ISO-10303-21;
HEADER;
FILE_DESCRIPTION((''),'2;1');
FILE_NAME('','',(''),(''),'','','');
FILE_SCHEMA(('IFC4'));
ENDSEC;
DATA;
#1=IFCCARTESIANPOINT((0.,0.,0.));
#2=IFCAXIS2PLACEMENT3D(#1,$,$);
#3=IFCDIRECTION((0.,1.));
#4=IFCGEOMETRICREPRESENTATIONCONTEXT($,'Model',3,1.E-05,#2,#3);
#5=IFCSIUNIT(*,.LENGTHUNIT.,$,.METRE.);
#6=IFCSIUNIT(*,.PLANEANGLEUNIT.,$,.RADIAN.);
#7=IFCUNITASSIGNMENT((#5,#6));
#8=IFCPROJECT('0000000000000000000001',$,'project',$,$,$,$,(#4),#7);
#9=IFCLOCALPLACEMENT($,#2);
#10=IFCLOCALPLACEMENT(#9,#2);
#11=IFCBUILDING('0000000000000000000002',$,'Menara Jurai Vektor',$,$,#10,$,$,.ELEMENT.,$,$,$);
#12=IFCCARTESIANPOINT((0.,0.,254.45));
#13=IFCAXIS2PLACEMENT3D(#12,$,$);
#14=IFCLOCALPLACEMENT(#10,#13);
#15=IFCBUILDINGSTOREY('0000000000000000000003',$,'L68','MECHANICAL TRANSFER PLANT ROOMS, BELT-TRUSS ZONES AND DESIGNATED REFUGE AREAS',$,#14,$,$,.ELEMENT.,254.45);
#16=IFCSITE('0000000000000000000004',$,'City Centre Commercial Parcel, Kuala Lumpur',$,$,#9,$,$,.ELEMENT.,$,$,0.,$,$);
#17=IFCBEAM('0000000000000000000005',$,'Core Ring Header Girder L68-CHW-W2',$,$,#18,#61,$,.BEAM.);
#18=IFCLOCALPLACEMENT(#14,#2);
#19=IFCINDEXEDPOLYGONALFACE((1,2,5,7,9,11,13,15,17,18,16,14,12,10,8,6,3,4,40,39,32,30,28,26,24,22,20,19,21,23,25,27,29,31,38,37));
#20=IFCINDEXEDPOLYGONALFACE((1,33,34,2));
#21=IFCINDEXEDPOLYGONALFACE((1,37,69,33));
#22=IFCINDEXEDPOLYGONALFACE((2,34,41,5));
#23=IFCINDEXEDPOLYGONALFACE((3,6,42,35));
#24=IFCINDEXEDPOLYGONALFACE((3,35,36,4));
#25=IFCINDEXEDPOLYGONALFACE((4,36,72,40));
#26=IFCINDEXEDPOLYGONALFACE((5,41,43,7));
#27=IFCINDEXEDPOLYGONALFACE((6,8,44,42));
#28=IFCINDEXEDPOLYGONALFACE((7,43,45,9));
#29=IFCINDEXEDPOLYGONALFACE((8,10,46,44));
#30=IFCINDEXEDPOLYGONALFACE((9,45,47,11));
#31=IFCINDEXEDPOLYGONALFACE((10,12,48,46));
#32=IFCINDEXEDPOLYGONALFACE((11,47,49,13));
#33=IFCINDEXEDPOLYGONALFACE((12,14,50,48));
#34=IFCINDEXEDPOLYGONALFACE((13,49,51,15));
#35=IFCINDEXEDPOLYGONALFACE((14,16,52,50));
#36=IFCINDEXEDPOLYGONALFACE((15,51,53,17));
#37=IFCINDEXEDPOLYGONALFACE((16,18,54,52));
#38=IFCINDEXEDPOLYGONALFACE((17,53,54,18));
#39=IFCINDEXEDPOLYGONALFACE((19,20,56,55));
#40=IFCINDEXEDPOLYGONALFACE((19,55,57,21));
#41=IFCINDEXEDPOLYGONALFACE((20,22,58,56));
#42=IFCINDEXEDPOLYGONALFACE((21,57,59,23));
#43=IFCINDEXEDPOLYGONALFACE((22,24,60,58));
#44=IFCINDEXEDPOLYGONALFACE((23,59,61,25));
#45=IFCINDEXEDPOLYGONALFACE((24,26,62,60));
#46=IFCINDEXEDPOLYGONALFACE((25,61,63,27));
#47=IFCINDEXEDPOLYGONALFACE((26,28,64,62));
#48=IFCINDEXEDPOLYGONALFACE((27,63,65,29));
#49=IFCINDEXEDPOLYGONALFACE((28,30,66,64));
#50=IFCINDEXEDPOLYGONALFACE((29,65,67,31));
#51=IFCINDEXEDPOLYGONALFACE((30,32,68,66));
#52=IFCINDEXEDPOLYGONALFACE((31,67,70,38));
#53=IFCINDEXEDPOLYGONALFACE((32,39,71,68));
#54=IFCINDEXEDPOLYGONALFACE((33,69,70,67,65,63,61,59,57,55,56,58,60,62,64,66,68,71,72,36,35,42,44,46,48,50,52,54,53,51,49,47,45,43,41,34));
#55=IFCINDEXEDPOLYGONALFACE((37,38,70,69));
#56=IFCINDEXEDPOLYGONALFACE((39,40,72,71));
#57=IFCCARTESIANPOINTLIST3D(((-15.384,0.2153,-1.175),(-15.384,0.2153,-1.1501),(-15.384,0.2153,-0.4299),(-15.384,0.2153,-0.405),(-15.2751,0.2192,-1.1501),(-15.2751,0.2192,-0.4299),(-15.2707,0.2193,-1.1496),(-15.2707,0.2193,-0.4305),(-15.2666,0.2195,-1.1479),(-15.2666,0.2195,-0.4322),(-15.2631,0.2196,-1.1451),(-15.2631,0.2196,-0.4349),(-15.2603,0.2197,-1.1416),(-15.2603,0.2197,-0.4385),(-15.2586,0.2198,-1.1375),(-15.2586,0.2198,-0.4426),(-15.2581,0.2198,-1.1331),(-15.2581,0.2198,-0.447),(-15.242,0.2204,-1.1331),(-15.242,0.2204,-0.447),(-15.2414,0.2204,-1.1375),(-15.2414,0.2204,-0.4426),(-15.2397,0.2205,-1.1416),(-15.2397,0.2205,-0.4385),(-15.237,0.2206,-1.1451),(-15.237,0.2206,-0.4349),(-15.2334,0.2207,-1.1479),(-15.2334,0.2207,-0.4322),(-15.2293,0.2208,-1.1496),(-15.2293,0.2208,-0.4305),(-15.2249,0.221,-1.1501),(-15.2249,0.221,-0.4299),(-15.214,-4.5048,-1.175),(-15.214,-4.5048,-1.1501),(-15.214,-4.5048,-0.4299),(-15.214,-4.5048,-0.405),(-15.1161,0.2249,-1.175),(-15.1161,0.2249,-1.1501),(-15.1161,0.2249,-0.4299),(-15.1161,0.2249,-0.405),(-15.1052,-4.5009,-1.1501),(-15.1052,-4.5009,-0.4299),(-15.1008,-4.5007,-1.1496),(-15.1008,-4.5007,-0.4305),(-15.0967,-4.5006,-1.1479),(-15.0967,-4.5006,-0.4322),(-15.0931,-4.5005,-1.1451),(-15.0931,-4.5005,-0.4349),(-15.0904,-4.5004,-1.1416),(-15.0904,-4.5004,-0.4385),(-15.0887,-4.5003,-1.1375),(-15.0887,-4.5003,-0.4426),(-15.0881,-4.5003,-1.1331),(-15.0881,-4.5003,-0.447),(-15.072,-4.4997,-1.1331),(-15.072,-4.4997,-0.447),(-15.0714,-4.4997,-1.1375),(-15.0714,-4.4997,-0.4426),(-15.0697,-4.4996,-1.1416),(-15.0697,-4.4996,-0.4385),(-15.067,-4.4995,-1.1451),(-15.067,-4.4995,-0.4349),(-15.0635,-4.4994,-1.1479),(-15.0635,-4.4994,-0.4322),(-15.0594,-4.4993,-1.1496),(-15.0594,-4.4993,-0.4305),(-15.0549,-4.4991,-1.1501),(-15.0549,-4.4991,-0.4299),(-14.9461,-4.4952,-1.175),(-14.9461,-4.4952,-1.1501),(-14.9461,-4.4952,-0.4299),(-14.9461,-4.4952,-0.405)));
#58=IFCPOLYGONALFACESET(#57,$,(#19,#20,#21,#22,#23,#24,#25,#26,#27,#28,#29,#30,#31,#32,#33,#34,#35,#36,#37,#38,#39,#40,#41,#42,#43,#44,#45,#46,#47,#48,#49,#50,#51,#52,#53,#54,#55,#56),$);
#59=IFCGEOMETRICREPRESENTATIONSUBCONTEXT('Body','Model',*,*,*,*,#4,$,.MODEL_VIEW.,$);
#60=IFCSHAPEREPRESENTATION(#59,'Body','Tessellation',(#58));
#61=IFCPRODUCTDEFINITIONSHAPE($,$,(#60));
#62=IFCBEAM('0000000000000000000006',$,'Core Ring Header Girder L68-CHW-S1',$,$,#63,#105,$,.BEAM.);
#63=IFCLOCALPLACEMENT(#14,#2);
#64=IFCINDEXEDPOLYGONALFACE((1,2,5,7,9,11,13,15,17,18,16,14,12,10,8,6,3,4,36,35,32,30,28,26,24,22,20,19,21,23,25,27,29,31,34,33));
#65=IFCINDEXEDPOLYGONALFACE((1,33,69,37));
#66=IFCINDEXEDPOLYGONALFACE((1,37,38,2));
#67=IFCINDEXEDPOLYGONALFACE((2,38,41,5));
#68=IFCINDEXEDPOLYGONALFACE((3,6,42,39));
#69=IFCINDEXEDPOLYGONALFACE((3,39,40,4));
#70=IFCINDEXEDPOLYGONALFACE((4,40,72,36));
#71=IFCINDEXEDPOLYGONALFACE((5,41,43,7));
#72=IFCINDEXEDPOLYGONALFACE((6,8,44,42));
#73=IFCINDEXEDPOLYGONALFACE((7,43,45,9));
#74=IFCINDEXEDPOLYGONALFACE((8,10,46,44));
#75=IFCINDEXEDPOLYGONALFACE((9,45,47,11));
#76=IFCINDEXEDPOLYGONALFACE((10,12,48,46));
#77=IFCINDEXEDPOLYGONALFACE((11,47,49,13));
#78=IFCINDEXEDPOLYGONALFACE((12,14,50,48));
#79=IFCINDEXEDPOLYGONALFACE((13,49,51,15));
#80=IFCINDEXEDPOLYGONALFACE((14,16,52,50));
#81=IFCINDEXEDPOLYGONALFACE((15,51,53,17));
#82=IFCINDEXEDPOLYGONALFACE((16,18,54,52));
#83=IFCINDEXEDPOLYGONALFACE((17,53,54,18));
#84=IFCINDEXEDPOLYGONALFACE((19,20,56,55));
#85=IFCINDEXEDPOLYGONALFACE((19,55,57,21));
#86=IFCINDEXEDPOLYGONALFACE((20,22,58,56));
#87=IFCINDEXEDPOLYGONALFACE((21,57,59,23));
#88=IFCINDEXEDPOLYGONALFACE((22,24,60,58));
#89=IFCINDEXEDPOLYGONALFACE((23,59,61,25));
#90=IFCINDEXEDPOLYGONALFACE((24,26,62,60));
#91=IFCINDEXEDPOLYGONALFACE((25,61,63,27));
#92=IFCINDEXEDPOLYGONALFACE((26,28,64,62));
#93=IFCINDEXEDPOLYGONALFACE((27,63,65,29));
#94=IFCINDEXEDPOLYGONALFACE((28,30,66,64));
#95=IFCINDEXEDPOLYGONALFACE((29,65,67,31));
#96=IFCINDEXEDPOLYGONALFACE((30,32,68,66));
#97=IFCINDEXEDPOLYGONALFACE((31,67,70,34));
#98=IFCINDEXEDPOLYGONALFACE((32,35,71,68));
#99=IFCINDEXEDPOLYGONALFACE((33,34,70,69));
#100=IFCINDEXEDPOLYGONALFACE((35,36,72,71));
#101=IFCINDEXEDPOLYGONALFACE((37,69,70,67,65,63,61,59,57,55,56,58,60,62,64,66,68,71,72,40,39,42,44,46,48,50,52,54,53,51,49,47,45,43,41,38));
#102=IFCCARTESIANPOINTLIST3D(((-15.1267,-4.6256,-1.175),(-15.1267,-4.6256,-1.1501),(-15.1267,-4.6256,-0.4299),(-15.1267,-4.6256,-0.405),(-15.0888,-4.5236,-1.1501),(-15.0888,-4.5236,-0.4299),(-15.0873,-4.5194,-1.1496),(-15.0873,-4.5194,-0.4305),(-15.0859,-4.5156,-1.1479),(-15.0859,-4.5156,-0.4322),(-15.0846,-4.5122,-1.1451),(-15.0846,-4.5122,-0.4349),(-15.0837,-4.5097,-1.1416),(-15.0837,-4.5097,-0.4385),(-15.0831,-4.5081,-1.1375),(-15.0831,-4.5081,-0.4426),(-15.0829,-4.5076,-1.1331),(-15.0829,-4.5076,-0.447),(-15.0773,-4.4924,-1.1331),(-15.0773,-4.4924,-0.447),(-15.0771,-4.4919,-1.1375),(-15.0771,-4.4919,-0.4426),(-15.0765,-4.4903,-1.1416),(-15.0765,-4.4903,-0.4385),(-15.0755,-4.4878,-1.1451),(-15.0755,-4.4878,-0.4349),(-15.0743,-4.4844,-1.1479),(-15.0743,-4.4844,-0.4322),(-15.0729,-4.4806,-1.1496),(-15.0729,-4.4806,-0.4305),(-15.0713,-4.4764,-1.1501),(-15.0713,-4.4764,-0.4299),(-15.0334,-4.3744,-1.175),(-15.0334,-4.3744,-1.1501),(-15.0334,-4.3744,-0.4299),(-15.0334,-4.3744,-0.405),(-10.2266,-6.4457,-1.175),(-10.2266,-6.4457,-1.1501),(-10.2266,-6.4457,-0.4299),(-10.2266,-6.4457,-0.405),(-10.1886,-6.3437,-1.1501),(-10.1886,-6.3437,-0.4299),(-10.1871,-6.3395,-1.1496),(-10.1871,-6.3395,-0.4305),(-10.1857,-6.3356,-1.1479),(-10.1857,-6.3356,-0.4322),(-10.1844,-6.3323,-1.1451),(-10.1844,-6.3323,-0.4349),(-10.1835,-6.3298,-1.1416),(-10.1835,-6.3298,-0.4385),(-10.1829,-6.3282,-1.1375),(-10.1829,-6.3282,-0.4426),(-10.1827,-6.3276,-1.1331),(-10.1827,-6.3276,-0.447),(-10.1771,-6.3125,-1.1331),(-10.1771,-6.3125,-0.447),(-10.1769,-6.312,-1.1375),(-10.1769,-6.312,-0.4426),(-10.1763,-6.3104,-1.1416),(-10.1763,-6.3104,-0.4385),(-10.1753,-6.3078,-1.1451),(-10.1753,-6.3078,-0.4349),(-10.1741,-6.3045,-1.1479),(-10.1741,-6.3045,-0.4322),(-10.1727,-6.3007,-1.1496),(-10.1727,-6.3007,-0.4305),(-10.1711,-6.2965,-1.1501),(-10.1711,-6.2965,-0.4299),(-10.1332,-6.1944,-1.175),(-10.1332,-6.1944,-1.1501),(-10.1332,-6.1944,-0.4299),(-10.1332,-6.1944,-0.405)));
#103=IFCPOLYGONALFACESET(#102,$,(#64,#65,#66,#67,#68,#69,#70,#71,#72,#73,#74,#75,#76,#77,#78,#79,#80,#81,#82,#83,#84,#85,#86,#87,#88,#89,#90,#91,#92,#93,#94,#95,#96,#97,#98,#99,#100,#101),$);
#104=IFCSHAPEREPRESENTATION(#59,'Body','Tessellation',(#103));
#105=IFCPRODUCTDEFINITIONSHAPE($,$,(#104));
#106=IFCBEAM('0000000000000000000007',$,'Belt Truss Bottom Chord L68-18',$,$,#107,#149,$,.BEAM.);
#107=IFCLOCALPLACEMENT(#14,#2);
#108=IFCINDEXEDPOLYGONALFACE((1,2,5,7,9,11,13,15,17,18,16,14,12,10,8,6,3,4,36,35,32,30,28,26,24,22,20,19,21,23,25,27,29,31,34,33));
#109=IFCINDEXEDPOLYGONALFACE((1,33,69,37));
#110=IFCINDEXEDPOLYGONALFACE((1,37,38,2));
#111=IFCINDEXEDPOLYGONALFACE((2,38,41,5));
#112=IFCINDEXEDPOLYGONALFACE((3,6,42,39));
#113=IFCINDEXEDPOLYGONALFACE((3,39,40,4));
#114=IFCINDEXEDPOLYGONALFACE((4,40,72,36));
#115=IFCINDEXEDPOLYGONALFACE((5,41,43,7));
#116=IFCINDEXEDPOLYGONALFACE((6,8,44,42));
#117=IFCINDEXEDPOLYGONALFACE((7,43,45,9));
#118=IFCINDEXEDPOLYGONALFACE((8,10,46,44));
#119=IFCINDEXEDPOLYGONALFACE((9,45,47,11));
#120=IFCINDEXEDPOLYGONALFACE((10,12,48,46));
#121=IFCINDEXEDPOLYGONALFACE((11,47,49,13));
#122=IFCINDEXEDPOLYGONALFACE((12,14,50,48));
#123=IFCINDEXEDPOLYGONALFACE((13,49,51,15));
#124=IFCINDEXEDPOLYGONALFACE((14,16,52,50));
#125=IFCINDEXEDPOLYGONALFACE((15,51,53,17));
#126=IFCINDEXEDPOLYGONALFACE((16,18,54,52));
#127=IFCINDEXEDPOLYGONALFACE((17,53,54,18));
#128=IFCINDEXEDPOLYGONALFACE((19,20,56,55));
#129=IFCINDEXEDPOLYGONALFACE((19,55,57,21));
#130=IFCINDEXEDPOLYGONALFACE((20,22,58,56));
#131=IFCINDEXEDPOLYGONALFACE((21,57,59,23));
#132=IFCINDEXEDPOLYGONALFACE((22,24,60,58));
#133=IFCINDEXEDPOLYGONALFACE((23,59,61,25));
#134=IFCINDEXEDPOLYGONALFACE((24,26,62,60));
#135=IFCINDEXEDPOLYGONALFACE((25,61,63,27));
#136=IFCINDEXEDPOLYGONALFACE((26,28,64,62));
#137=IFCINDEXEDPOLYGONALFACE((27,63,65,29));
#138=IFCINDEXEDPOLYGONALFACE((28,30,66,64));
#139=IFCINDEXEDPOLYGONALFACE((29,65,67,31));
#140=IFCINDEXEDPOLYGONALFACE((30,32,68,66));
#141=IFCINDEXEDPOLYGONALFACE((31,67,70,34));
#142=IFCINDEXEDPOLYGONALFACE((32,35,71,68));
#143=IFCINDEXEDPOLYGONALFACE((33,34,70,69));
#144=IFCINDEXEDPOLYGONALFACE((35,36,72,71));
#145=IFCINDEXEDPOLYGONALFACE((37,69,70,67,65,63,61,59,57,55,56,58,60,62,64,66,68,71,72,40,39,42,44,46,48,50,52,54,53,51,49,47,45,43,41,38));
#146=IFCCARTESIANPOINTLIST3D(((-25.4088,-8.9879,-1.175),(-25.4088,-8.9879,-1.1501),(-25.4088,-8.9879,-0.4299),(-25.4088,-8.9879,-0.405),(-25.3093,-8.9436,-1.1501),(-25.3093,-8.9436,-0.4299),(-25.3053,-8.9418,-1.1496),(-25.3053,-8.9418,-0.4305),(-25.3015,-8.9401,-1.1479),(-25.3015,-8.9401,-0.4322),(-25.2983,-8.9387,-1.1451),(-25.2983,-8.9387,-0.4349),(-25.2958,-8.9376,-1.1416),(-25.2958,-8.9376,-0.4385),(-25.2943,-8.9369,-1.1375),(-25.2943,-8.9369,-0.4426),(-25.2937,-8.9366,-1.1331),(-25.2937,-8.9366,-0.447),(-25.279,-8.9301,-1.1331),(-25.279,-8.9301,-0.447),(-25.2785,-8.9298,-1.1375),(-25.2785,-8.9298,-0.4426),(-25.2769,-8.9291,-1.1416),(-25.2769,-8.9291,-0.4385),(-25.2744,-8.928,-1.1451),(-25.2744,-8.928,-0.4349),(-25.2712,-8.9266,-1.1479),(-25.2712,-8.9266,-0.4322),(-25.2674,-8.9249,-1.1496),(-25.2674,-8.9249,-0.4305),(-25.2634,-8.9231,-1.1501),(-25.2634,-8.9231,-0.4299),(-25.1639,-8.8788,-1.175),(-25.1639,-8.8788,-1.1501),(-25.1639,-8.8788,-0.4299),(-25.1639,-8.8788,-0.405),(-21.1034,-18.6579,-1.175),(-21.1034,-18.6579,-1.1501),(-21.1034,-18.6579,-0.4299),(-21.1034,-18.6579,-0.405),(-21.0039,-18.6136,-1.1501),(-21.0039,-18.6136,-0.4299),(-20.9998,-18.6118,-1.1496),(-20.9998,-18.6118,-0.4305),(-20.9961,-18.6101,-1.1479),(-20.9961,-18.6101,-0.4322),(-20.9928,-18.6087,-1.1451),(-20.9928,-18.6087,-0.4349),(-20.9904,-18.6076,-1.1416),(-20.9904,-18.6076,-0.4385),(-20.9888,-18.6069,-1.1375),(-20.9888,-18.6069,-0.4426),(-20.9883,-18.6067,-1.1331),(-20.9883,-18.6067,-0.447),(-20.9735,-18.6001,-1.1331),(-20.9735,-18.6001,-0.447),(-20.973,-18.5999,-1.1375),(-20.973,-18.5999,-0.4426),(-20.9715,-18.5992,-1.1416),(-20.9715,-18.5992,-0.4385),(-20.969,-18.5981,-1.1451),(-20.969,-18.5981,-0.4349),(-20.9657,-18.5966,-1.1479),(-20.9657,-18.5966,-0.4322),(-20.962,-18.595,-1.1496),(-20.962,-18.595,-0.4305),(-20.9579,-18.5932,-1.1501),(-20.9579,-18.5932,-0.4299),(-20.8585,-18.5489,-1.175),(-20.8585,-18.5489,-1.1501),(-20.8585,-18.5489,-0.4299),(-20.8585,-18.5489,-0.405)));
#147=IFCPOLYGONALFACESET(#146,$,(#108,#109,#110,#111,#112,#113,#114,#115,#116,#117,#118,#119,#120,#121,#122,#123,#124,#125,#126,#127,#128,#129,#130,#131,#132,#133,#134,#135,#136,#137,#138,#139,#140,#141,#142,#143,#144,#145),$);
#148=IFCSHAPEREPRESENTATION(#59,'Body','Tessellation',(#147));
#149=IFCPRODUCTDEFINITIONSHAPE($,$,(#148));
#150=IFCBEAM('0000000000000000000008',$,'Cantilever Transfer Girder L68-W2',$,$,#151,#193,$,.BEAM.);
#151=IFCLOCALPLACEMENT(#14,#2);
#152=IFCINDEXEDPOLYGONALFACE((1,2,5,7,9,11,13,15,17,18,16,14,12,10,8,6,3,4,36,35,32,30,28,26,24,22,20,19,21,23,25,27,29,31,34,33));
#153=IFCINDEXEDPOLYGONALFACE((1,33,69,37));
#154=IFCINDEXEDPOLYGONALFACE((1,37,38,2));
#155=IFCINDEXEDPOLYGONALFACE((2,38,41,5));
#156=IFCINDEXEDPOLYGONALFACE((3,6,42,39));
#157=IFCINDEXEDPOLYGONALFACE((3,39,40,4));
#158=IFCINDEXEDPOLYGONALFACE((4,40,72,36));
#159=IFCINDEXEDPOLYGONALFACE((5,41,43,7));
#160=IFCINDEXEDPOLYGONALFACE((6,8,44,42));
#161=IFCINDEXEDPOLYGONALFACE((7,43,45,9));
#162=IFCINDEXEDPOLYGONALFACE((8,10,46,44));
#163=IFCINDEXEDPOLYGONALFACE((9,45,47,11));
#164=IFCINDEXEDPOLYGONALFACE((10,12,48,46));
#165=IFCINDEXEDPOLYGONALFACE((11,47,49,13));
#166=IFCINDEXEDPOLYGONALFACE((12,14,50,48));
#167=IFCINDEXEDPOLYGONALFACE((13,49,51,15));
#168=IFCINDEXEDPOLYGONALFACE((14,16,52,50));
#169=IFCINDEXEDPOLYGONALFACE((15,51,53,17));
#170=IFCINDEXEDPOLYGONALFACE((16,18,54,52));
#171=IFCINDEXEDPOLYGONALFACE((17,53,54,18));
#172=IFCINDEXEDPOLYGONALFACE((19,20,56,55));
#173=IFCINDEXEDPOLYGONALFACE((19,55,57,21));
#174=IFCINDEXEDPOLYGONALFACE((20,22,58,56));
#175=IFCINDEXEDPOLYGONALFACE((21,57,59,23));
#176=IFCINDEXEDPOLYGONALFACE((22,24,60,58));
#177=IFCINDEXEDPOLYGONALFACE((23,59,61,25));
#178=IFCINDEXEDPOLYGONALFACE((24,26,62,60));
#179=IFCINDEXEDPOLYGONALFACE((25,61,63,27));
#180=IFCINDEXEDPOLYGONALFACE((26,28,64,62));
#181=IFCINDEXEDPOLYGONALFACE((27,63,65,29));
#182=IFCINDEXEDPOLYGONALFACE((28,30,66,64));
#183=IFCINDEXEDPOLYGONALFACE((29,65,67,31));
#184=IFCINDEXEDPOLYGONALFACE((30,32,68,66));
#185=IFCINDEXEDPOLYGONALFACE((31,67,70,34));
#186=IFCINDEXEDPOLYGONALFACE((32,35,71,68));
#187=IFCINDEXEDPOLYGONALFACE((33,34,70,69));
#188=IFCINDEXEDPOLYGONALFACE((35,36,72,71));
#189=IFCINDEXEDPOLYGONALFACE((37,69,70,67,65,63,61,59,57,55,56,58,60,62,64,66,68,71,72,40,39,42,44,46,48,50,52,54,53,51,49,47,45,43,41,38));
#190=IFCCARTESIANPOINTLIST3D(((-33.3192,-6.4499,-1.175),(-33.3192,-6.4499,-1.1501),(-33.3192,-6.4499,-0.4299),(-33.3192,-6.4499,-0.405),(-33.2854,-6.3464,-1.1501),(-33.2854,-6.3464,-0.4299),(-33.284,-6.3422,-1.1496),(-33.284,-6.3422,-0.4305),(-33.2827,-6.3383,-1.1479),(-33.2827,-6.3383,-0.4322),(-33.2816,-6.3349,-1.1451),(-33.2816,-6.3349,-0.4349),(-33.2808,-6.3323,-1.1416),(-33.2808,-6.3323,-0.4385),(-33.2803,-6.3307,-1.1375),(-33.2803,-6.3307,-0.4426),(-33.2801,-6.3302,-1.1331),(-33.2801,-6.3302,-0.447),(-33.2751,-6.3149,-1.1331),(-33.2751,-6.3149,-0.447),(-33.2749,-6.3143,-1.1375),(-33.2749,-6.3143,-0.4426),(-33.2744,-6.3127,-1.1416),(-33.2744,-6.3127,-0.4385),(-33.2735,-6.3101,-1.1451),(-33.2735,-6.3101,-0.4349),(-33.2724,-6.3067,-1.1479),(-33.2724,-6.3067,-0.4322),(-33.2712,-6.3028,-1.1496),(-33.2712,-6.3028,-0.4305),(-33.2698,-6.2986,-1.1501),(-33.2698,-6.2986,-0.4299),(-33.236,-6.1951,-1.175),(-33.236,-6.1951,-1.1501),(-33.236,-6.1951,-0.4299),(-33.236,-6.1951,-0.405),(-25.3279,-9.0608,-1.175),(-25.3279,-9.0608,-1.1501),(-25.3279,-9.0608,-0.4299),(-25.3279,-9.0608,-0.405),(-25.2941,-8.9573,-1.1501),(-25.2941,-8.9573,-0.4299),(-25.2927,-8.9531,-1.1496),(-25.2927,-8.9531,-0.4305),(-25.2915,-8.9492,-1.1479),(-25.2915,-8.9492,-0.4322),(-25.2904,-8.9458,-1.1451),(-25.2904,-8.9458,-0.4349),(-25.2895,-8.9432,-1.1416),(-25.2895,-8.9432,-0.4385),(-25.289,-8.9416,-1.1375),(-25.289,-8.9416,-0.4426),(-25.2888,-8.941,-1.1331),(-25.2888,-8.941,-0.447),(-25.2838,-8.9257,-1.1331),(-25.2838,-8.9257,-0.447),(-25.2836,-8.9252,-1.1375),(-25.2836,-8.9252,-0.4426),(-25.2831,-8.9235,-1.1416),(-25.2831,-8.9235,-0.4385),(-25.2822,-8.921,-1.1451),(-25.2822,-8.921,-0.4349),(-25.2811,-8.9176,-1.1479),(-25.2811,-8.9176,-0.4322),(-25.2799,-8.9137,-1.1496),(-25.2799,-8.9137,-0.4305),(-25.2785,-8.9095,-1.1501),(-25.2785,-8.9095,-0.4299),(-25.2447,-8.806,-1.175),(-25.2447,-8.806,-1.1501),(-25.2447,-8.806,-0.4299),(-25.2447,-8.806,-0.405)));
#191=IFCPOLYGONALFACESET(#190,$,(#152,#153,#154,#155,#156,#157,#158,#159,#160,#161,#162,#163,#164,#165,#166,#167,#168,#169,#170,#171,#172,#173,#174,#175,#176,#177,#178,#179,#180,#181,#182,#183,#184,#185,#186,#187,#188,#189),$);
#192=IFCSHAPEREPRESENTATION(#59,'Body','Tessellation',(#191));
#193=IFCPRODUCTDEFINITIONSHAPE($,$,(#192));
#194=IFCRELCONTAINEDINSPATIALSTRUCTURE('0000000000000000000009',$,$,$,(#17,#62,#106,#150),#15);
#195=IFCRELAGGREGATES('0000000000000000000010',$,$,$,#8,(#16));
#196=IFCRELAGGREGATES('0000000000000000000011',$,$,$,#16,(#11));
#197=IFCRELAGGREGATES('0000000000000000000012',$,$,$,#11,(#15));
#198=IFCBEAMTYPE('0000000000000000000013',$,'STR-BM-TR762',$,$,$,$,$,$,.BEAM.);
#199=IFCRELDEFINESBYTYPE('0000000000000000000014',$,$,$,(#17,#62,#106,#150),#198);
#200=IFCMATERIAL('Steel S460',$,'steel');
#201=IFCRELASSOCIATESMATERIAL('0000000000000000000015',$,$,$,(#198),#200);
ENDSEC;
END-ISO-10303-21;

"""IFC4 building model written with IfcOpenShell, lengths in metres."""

from ifc_helpers import new_model, si_unit, direction, frame, origin, origin_2d, place, context, subcontext, project, spatial, i_section, extrude, material, material_profile, profile_set, type_object, element, save


model = new_model("IFC4")

# Units and contexts
model_context = context("Model", 3, precision=1e-05, world=origin(), true_north=direction((0.0, 1.0)))
body_context = subcontext(model_context, "Body", "Model", "MODEL_VIEW")
ifc_project = project(units=[si_unit("LENGTHUNIT", "METRE"), si_unit("PLANEANGLEUNIT", "RADIAN")], contexts=[model_context])

# Site, building, storey
site_placement = place(None, origin())
site = spatial("IfcSite", under=ifc_project, at=site_placement, Name="City Centre Commercial Parcel, Kuala Lumpur", CompositionType="ELEMENT", RefElevation=0.0)
building_placement = place(site_placement, origin())
building = spatial("IfcBuilding", under=site, at=building_placement, Name="Menara Jurai Vektor", CompositionType="ELEMENT")
storey_placement = place(building_placement, frame((0.0, 0.0, 254.45)))
storey = spatial("IfcBuildingStorey", under=building, at=storey_placement, Name="L68", Description="MECHANICAL TRANSFER PLANT ROOMS, BELT-TRUSS ZONES AND DESIGNATED REFUGE AREAS", CompositionType="ELEMENT", Elevation=254.45)

# Shared definitions
ifc_material_1 = material(Name="Steel S460", Category="steel")

# Beams
ifc_material_profile_1 = material_profile(ifc_material_1, i_section(OverallWidth=0.2681, OverallDepth=0.77, WebThickness=0.0161, FlangeThickness=0.0249, FilletRadius=0.0171, at=origin_2d()), Name="UKB 762x267x197")
ifc_profile_set_1 = profile_set([ifc_material_profile_1], Name="Steel S460")
beam_type_1 = type_object("IfcBeamType", Name="STR-BM-TR762", PredefinedType="BEAM", material=ifc_profile_set_1)
beam_1_placement = place(storey_placement, frame((-15.0801, -4.5, -0.79), z_axis=(-0.035977, 0.999353, 0.0), x_axis=(-0.999353, -0.035977, 0.0)))
element("IfcBeam", 1, at=beam_1_placement, inside=storey, type_object=beam_type_1, Name="Core Ring Header Girder L68-CHW-W2", PredefinedType="BEAM", context=body_context, shape_type="SweptSolid", body=[
    extrude(i_section(OverallWidth=0.2681, OverallDepth=0.77, WebThickness=0.0161, FlangeThickness=0.0249, FilletRadius=0.0171, at=origin_2d()), origin(), (0.0, 0.0, 1.0), 4.7231),
])
beam_2_placement = place(storey_placement, frame((-15.0801, -4.5, -0.79), z_axis=(0.937424, -0.348189, 0.0), x_axis=(0.348189, 0.937424, 0.0)))
element("IfcBeam", 2, at=beam_2_placement, inside=storey, type_object=beam_type_1, Name="Core Ring Header Girder L68-CHW-S1", PredefinedType="BEAM", context=body_context, shape_type="SweptSolid", body=[
    extrude(i_section(OverallWidth=0.2681, OverallDepth=0.77, WebThickness=0.0161, FlangeThickness=0.0249, FilletRadius=0.0171, at=origin_2d()), origin(), (0.0, 0.0, 1.0), 5.2273),
])
beam_3_placement = place(storey_placement, frame((-25.2864, -8.9333, -0.79), z_axis=(0.406744, -0.913542, 0.0), x_axis=(0.913542, 0.406744, 0.0)))
element("IfcBeam", 3, at=beam_3_placement, inside=storey, type_object=beam_type_1, Name="Belt Truss Bottom Chord L68-18", PredefinedType="BEAM", context=body_context, shape_type="SweptSolid", body=[
    extrude(i_section(OverallWidth=0.2681, OverallDepth=0.77, WebThickness=0.0161, FlangeThickness=0.0249, FilletRadius=0.0171, at=origin_2d()), origin(), (0.0, 0.0, 1.0), 10.5852),
])
beam_4_placement = place(storey_placement, frame((-33.2776, -6.3225, -0.79), z_axis=(0.950554, -0.310559, 0.0), x_axis=(0.310559, 0.950554, 0.0)))
element("IfcBeam", 4, at=beam_4_placement, inside=storey, type_object=beam_type_1, Name="Cantilever Transfer Girder L68-W2", PredefinedType="BEAM", context=body_context, shape_type="SweptSolid", body=[
    extrude(i_section(OverallWidth=0.2681, OverallDepth=0.77, WebThickness=0.0161, FlangeThickness=0.0249, FilletRadius=0.0171, at=origin_2d()), origin(), (0.0, 0.0, 1.0), 8.407),
])

save(model, "model.ifc")
